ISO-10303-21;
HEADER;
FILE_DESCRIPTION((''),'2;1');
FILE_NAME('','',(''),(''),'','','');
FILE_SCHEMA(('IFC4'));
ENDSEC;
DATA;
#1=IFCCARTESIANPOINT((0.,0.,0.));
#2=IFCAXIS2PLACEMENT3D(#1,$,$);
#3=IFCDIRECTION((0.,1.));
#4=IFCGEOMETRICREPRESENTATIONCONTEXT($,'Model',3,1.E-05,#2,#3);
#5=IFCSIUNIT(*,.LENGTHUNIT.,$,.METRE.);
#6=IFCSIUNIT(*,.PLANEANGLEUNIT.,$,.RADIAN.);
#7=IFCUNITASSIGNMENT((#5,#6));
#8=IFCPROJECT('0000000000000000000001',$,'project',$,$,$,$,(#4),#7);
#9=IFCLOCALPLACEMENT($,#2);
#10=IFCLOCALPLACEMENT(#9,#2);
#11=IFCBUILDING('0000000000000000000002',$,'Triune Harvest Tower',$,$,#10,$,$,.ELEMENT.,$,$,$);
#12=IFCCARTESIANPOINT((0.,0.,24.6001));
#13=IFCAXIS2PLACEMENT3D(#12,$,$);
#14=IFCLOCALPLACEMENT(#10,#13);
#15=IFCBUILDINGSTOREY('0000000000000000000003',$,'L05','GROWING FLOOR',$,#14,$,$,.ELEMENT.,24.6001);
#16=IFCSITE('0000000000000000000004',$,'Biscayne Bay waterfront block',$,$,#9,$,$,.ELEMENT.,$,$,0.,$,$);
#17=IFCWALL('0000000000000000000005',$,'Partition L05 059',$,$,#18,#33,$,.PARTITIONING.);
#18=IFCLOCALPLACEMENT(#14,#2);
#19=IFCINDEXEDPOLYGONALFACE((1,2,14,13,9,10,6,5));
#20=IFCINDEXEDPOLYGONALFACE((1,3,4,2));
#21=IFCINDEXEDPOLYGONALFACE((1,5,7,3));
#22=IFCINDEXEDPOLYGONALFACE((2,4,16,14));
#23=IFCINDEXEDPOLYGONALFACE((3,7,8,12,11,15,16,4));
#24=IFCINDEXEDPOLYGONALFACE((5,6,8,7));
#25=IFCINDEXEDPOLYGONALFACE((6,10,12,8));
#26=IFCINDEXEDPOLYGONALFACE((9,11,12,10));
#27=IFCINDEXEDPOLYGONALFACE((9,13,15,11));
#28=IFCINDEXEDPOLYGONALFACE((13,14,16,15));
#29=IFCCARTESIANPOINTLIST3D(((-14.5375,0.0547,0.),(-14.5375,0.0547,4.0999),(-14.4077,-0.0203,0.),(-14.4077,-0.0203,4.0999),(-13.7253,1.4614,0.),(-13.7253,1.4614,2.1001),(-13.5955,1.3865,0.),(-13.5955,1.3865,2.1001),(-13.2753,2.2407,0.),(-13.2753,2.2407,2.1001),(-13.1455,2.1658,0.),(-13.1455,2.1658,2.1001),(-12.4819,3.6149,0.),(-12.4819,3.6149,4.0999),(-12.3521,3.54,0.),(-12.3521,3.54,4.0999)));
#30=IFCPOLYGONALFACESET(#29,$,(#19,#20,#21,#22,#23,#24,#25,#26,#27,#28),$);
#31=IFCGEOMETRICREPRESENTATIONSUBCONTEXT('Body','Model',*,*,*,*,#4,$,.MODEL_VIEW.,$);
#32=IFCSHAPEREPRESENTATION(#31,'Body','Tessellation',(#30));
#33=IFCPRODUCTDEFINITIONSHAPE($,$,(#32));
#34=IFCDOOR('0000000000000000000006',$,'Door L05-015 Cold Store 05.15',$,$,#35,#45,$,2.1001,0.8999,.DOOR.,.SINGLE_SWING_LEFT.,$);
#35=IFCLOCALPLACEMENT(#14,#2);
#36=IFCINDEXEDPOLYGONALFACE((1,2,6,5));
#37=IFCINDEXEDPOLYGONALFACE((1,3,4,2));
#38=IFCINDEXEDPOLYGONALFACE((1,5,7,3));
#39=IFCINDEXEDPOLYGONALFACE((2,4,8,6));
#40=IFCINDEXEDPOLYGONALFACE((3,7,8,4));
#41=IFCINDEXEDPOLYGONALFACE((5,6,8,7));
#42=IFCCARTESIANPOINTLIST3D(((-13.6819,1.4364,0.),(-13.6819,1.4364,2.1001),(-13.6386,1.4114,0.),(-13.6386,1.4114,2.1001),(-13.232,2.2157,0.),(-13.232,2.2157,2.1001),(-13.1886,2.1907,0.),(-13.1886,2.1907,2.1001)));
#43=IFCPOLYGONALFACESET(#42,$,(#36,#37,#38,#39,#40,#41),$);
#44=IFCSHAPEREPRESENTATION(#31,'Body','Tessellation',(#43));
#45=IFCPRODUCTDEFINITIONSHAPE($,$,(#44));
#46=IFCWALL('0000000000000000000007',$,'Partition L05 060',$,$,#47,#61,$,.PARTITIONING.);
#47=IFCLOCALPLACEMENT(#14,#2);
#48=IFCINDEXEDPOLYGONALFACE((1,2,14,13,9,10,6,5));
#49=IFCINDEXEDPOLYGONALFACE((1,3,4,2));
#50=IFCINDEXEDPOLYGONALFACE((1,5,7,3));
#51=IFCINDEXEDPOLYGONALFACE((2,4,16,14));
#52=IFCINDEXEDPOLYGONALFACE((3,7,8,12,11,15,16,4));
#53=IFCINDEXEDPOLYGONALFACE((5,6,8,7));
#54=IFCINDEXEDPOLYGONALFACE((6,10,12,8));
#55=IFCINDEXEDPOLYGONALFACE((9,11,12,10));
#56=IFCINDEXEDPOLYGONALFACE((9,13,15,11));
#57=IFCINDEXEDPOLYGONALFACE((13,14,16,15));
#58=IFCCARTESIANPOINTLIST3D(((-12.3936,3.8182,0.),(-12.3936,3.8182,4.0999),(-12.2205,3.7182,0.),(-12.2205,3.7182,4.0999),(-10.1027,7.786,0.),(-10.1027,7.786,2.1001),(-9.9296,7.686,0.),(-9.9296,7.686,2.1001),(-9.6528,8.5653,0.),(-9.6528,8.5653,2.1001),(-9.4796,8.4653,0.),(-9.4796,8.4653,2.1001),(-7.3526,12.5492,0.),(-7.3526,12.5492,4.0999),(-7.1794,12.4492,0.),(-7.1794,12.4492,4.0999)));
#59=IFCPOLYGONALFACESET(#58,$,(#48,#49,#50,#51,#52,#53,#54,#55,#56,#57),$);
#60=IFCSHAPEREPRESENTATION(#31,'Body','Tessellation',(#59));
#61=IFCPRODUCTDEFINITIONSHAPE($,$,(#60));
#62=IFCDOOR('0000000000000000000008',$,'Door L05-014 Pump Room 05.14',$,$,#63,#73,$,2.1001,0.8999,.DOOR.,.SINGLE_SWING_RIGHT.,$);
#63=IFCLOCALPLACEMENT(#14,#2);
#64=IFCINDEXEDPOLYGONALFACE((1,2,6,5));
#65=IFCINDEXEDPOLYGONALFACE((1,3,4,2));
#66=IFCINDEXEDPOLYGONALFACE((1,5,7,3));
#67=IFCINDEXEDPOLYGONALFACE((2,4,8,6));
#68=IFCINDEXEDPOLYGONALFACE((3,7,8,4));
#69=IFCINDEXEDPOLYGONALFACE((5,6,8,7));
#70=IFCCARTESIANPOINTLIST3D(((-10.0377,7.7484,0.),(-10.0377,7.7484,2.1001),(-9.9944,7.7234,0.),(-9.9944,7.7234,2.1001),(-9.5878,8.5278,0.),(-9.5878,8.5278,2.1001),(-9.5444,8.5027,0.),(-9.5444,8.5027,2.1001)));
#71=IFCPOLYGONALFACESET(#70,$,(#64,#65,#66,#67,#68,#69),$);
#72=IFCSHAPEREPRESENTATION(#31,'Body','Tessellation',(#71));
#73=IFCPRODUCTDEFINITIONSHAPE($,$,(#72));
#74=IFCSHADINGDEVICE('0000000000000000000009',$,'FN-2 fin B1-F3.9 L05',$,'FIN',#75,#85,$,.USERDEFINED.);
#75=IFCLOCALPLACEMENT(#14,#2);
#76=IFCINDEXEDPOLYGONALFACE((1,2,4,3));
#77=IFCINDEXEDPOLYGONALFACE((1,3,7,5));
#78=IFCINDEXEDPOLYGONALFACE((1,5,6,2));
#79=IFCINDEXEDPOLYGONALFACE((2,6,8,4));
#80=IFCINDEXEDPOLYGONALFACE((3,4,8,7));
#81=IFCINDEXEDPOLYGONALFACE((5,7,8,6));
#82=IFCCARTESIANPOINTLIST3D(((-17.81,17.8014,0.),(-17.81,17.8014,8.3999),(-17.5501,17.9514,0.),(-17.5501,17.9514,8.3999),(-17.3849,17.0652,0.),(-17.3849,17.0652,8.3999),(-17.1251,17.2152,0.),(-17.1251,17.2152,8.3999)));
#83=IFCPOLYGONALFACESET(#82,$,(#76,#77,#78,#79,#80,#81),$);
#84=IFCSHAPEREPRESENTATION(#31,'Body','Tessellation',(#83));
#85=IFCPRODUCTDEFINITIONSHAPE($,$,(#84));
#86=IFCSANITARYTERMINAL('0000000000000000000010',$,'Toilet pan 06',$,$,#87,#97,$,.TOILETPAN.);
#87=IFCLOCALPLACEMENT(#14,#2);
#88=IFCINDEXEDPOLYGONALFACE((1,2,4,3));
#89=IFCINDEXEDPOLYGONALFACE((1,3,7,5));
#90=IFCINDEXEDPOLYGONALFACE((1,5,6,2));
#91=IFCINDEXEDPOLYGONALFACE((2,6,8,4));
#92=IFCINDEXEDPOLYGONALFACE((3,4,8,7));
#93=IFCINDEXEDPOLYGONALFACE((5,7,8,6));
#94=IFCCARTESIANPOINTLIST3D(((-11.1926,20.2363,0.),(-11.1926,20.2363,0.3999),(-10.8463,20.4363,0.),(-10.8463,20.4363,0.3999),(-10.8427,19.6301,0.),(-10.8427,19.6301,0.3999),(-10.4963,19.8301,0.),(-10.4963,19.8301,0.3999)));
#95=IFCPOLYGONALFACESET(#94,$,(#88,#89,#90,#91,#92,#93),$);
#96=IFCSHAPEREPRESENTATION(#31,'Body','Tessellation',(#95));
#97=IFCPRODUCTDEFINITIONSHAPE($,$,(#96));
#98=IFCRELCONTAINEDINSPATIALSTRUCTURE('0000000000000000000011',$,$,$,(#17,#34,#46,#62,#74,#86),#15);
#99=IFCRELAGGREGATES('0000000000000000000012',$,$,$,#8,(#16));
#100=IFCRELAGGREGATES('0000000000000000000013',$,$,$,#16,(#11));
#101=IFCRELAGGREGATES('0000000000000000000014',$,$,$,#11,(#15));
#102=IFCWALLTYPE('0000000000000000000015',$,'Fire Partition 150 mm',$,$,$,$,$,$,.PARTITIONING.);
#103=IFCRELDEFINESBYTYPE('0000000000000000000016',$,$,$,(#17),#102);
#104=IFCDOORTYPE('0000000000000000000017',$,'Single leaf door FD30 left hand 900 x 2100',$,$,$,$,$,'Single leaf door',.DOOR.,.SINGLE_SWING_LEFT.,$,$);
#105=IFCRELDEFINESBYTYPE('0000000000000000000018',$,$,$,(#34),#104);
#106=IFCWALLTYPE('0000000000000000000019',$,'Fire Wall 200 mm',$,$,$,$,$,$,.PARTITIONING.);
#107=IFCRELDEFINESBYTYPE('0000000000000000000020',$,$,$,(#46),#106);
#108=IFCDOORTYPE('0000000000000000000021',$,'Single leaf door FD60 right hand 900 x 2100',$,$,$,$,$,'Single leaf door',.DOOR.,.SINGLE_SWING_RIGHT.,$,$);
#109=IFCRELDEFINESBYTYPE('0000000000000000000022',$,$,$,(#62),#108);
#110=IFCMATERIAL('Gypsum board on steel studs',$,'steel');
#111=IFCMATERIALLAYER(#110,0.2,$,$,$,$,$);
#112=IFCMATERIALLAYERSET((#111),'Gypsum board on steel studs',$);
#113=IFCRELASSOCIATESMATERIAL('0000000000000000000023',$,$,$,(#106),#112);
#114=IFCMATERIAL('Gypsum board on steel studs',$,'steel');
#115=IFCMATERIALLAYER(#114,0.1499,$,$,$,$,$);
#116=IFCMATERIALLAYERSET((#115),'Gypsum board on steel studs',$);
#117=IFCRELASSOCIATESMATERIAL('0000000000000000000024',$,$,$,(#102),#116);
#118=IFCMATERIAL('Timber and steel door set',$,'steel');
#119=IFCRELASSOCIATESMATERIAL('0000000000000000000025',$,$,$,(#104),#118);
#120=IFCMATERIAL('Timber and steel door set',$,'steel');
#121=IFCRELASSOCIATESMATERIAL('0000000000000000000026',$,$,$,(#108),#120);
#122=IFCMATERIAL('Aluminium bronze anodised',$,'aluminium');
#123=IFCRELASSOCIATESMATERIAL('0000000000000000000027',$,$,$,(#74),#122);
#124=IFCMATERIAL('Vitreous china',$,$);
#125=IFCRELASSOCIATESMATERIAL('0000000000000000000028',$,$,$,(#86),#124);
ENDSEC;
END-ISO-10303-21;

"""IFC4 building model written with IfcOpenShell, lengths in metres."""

from ifc_helpers import new_model, si_unit, direction, frame, frame_2d, origin, origin_2d, place, context, subcontext, project, spatial, rectangle, extrude, source, transform, mapped, material, layer, layer_set, type_object, element, fill, save


model = new_model("IFC4")

# Units and contexts
model_context = context("Model", 3, precision=1e-05, world=origin(), true_north=direction((0.0, 1.0)))
body_context = subcontext(model_context, "Body", "Model", "MODEL_VIEW")
ifc_project = project(units=[si_unit("LENGTHUNIT", "METRE"), si_unit("PLANEANGLEUNIT", "RADIAN")], contexts=[model_context])

# Site, building, storey
site_placement = place(None, origin())
site = spatial("IfcSite", under=ifc_project, at=site_placement, Name="Biscayne Bay waterfront block", CompositionType="ELEMENT", RefElevation=0.0)
building_placement = place(site_placement, origin())
building = spatial("IfcBuilding", under=site, at=building_placement, Name="Triune Harvest Tower", CompositionType="ELEMENT")
storey_placement = place(building_placement, frame((0.0, 0.0, 24.6001)))
storey = spatial("IfcBuildingStorey", under=building, at=storey_placement, Name="L05", Description="GROWING FLOOR", CompositionType="ELEMENT", Elevation=24.6001)

# Shared definitions
ifc_material_1 = material(Name="Gypsum board on steel studs", Category="steel")
ifc_layer_1 = layer(ifc_material_1, 0.2)
ifc_layer_set_1 = layer_set([ifc_layer_1], Name="Gypsum board on steel studs")
wall_type_1 = type_object("IfcWallType", Name="Fire Wall 200 mm", PredefinedType="PARTITIONING", material=ifc_layer_set_1)

# Walls, openings, doors
ifc_material_2 = material(Name="Gypsum board on steel studs", Category="steel")
ifc_layer_2 = layer(ifc_material_2, 0.1499)
ifc_layer_set_2 = layer_set([ifc_layer_2], Name="Gypsum board on steel studs")
wall_type_2 = type_object("IfcWallType", Name="Fire Partition 150 mm", PredefinedType="PARTITIONING", material=ifc_layer_set_2)
shared_shape_1 = source(origin(), body_context, "Body", "SweptSolid", [
    extrude(rectangle(XDim=4.1111, YDim=0.1499, at=frame_2d((2.0557, 0.0))), origin(), (0.0, 0.0, 1.0), 4.0999),
])
wall_1_placement = place(storey_placement, frame((-14.4727, 0.0171, 0.0), z_axis=(0.0, 0.0, 1.0), x_axis=(0.500022, 0.866013, 0.0)))
wall_1 = element("IfcWall", 1, at=wall_1_placement, inside=storey, type_object=wall_type_2, Name="Partition L05 059", PredefinedType="PARTITIONING", context=body_context, shape_type="MappedRepresentation", body=[
    mapped(shared_shape_1, transform((0.0, 0.0, 0.0), scale=1.0)),
])
opening_1_placement = place(wall_1_placement, frame((1.6245, 0.0, 0.0)))
opening_1 = element("IfcOpeningElement", 2, at=opening_1_placement, cuts=wall_1, PredefinedType="OPENING", context=body_context, shape_type="SweptSolid", body=[
    extrude(rectangle(XDim=0.8999, YDim=2.1001, at=frame_2d((0.45, 1.05))), frame((0.0, 0.085, 0.0), z_axis=(0.0, -1.0, 0.0), x_axis=(1.0, 0.0, 0.0)), (0.0, 0.0, 1.0), 0.1699),
])
ifc_material_3 = material(Name="Timber and steel door set", Category="steel")
door_type_1 = type_object("IfcDoorType", Name="Single leaf door FD30 left hand 900 x 2100", ElementType="Single leaf door", OperationType="SINGLE_SWING_LEFT", PredefinedType="DOOR", material=ifc_material_3)
door_1_placement = place(opening_1_placement, origin())
door_1 = element("IfcDoor", 3, at=door_1_placement, inside=storey, type_object=door_type_1, Name="Door L05-015 Cold Store 05.15", OperationType="SINGLE_SWING_LEFT", OverallHeight=2.1001, OverallWidth=0.8999, PredefinedType="DOOR", context=body_context, shape_type="SweptSolid", body=[
    extrude(rectangle(XDim=0.8999, YDim=2.1001, at=frame_2d((0.45, 1.05))), frame((0.0, 0.0249, 0.0), z_axis=(0.0, -1.0, 0.0), x_axis=(1.0, 0.0, 0.0)), (0.0, 0.0, 1.0), 0.05),
])
fill(opening_1, door_1)
shared_shape_2 = source(origin(), body_context, "Body", "SweptSolid", [
    extrude(rectangle(XDim=10.0818, YDim=0.2, at=frame_2d((5.041, 0.0))), origin(), (0.0, 0.0, 1.0), 4.0999),
])
wall_2_placement = place(storey_placement, frame((-12.3071, 3.7681, 0.0), z_axis=(0.0, 0.0, 1.0), x_axis=(0.500015, 0.866017, 0.0)))
wall_2 = element("IfcWall", 4, at=wall_2_placement, inside=storey, type_object=wall_type_1, Name="Partition L05 060", PredefinedType="PARTITIONING", context=body_context, shape_type="MappedRepresentation", body=[
    mapped(shared_shape_2, transform((0.0, 0.0, 0.0), scale=1.0)),
])
opening_2_placement = place(wall_2_placement, frame((4.5818, 0.0, 0.0)))
opening_2 = element("IfcOpeningElement", 5, at=opening_2_placement, cuts=wall_2, PredefinedType="OPENING", context=body_context, shape_type="SweptSolid", body=[
    extrude(rectangle(XDim=0.8999, YDim=2.1001, at=frame_2d((0.45, 1.05))), frame((0.0, 0.1099, 0.0), z_axis=(0.0, -1.0, 0.0), x_axis=(1.0, 0.0, 0.0)), (0.0, 0.0, 1.0), 0.22),
])
ifc_material_4 = material(Name="Timber and steel door set", Category="steel")
door_type_2 = type_object("IfcDoorType", Name="Single leaf door FD60 right hand 900 x 2100", ElementType="Single leaf door", OperationType="SINGLE_SWING_RIGHT", PredefinedType="DOOR", material=ifc_material_4)
door_2_placement = place(opening_2_placement, origin())
door_2 = element("IfcDoor", 6, at=door_2_placement, inside=storey, type_object=door_type_2, Name="Door L05-014 Pump Room 05.14", OperationType="SINGLE_SWING_RIGHT", OverallHeight=2.1001, OverallWidth=0.8999, PredefinedType="DOOR", context=body_context, shape_type="SweptSolid", body=[
    extrude(rectangle(XDim=0.8999, YDim=2.1001, at=frame_2d((0.45, 1.05))), frame((0.0, 0.0249, 0.0), z_axis=(0.0, -1.0, 0.0), x_axis=(1.0, 0.0, 0.0)), (0.0, 0.0, 1.0), 0.05),
])
fill(opening_2, door_2)

# Shading device
ifc_material_5 = material(Name="Aluminium bronze anodised", Category="aluminium")
shared_shape_3 = source(origin(), body_context, "Body", "SweptSolid", [
    extrude(rectangle(XDim=0.3, YDim=0.8501, at=origin_2d()), origin(), (0.0, 0.0, 1.0), 8.3999),
])
shading_device_placement = place(storey_placement, frame((-17.4675, 17.5083, 0.0), z_axis=(0.0, 0.0, 1.0), x_axis=(-0.866025, -0.5, 0.0)))
element("IfcShadingDevice", 7, at=shading_device_placement, inside=storey, material=ifc_material_5, Name="FN-2 fin B1-F3.9 L05", ObjectType="FIN", PredefinedType="USERDEFINED", context=body_context, shape_type="MappedRepresentation", body=[
    mapped(shared_shape_3, transform((0.0, 0.0, 0.0), scale=1.0)),
])

# Sanitary terminal
ifc_material_6 = material(Name="Vitreous china")
shared_shape_4 = source(origin(), body_context, "Body", "SweptSolid", [
    extrude(rectangle(XDim=0.3999, YDim=0.7, at=origin_2d()), origin(), (0.0, 0.0, 1.0), 0.3999),
])
sanitary_terminal_placement = place(storey_placement, frame((-10.8445, 20.0332, 0.0), z_axis=(0.0, 0.0, 1.0), x_axis=(0.866034, 0.499985, 0.0)))
element("IfcSanitaryTerminal", 8, at=sanitary_terminal_placement, inside=storey, material=ifc_material_6, Name="Toilet pan 06", PredefinedType="TOILETPAN", context=body_context, shape_type="MappedRepresentation", body=[
    mapped(shared_shape_4, transform((0.0, 0.0, 0.0), scale=1.0)),
])

save(model, "model.ifc")
